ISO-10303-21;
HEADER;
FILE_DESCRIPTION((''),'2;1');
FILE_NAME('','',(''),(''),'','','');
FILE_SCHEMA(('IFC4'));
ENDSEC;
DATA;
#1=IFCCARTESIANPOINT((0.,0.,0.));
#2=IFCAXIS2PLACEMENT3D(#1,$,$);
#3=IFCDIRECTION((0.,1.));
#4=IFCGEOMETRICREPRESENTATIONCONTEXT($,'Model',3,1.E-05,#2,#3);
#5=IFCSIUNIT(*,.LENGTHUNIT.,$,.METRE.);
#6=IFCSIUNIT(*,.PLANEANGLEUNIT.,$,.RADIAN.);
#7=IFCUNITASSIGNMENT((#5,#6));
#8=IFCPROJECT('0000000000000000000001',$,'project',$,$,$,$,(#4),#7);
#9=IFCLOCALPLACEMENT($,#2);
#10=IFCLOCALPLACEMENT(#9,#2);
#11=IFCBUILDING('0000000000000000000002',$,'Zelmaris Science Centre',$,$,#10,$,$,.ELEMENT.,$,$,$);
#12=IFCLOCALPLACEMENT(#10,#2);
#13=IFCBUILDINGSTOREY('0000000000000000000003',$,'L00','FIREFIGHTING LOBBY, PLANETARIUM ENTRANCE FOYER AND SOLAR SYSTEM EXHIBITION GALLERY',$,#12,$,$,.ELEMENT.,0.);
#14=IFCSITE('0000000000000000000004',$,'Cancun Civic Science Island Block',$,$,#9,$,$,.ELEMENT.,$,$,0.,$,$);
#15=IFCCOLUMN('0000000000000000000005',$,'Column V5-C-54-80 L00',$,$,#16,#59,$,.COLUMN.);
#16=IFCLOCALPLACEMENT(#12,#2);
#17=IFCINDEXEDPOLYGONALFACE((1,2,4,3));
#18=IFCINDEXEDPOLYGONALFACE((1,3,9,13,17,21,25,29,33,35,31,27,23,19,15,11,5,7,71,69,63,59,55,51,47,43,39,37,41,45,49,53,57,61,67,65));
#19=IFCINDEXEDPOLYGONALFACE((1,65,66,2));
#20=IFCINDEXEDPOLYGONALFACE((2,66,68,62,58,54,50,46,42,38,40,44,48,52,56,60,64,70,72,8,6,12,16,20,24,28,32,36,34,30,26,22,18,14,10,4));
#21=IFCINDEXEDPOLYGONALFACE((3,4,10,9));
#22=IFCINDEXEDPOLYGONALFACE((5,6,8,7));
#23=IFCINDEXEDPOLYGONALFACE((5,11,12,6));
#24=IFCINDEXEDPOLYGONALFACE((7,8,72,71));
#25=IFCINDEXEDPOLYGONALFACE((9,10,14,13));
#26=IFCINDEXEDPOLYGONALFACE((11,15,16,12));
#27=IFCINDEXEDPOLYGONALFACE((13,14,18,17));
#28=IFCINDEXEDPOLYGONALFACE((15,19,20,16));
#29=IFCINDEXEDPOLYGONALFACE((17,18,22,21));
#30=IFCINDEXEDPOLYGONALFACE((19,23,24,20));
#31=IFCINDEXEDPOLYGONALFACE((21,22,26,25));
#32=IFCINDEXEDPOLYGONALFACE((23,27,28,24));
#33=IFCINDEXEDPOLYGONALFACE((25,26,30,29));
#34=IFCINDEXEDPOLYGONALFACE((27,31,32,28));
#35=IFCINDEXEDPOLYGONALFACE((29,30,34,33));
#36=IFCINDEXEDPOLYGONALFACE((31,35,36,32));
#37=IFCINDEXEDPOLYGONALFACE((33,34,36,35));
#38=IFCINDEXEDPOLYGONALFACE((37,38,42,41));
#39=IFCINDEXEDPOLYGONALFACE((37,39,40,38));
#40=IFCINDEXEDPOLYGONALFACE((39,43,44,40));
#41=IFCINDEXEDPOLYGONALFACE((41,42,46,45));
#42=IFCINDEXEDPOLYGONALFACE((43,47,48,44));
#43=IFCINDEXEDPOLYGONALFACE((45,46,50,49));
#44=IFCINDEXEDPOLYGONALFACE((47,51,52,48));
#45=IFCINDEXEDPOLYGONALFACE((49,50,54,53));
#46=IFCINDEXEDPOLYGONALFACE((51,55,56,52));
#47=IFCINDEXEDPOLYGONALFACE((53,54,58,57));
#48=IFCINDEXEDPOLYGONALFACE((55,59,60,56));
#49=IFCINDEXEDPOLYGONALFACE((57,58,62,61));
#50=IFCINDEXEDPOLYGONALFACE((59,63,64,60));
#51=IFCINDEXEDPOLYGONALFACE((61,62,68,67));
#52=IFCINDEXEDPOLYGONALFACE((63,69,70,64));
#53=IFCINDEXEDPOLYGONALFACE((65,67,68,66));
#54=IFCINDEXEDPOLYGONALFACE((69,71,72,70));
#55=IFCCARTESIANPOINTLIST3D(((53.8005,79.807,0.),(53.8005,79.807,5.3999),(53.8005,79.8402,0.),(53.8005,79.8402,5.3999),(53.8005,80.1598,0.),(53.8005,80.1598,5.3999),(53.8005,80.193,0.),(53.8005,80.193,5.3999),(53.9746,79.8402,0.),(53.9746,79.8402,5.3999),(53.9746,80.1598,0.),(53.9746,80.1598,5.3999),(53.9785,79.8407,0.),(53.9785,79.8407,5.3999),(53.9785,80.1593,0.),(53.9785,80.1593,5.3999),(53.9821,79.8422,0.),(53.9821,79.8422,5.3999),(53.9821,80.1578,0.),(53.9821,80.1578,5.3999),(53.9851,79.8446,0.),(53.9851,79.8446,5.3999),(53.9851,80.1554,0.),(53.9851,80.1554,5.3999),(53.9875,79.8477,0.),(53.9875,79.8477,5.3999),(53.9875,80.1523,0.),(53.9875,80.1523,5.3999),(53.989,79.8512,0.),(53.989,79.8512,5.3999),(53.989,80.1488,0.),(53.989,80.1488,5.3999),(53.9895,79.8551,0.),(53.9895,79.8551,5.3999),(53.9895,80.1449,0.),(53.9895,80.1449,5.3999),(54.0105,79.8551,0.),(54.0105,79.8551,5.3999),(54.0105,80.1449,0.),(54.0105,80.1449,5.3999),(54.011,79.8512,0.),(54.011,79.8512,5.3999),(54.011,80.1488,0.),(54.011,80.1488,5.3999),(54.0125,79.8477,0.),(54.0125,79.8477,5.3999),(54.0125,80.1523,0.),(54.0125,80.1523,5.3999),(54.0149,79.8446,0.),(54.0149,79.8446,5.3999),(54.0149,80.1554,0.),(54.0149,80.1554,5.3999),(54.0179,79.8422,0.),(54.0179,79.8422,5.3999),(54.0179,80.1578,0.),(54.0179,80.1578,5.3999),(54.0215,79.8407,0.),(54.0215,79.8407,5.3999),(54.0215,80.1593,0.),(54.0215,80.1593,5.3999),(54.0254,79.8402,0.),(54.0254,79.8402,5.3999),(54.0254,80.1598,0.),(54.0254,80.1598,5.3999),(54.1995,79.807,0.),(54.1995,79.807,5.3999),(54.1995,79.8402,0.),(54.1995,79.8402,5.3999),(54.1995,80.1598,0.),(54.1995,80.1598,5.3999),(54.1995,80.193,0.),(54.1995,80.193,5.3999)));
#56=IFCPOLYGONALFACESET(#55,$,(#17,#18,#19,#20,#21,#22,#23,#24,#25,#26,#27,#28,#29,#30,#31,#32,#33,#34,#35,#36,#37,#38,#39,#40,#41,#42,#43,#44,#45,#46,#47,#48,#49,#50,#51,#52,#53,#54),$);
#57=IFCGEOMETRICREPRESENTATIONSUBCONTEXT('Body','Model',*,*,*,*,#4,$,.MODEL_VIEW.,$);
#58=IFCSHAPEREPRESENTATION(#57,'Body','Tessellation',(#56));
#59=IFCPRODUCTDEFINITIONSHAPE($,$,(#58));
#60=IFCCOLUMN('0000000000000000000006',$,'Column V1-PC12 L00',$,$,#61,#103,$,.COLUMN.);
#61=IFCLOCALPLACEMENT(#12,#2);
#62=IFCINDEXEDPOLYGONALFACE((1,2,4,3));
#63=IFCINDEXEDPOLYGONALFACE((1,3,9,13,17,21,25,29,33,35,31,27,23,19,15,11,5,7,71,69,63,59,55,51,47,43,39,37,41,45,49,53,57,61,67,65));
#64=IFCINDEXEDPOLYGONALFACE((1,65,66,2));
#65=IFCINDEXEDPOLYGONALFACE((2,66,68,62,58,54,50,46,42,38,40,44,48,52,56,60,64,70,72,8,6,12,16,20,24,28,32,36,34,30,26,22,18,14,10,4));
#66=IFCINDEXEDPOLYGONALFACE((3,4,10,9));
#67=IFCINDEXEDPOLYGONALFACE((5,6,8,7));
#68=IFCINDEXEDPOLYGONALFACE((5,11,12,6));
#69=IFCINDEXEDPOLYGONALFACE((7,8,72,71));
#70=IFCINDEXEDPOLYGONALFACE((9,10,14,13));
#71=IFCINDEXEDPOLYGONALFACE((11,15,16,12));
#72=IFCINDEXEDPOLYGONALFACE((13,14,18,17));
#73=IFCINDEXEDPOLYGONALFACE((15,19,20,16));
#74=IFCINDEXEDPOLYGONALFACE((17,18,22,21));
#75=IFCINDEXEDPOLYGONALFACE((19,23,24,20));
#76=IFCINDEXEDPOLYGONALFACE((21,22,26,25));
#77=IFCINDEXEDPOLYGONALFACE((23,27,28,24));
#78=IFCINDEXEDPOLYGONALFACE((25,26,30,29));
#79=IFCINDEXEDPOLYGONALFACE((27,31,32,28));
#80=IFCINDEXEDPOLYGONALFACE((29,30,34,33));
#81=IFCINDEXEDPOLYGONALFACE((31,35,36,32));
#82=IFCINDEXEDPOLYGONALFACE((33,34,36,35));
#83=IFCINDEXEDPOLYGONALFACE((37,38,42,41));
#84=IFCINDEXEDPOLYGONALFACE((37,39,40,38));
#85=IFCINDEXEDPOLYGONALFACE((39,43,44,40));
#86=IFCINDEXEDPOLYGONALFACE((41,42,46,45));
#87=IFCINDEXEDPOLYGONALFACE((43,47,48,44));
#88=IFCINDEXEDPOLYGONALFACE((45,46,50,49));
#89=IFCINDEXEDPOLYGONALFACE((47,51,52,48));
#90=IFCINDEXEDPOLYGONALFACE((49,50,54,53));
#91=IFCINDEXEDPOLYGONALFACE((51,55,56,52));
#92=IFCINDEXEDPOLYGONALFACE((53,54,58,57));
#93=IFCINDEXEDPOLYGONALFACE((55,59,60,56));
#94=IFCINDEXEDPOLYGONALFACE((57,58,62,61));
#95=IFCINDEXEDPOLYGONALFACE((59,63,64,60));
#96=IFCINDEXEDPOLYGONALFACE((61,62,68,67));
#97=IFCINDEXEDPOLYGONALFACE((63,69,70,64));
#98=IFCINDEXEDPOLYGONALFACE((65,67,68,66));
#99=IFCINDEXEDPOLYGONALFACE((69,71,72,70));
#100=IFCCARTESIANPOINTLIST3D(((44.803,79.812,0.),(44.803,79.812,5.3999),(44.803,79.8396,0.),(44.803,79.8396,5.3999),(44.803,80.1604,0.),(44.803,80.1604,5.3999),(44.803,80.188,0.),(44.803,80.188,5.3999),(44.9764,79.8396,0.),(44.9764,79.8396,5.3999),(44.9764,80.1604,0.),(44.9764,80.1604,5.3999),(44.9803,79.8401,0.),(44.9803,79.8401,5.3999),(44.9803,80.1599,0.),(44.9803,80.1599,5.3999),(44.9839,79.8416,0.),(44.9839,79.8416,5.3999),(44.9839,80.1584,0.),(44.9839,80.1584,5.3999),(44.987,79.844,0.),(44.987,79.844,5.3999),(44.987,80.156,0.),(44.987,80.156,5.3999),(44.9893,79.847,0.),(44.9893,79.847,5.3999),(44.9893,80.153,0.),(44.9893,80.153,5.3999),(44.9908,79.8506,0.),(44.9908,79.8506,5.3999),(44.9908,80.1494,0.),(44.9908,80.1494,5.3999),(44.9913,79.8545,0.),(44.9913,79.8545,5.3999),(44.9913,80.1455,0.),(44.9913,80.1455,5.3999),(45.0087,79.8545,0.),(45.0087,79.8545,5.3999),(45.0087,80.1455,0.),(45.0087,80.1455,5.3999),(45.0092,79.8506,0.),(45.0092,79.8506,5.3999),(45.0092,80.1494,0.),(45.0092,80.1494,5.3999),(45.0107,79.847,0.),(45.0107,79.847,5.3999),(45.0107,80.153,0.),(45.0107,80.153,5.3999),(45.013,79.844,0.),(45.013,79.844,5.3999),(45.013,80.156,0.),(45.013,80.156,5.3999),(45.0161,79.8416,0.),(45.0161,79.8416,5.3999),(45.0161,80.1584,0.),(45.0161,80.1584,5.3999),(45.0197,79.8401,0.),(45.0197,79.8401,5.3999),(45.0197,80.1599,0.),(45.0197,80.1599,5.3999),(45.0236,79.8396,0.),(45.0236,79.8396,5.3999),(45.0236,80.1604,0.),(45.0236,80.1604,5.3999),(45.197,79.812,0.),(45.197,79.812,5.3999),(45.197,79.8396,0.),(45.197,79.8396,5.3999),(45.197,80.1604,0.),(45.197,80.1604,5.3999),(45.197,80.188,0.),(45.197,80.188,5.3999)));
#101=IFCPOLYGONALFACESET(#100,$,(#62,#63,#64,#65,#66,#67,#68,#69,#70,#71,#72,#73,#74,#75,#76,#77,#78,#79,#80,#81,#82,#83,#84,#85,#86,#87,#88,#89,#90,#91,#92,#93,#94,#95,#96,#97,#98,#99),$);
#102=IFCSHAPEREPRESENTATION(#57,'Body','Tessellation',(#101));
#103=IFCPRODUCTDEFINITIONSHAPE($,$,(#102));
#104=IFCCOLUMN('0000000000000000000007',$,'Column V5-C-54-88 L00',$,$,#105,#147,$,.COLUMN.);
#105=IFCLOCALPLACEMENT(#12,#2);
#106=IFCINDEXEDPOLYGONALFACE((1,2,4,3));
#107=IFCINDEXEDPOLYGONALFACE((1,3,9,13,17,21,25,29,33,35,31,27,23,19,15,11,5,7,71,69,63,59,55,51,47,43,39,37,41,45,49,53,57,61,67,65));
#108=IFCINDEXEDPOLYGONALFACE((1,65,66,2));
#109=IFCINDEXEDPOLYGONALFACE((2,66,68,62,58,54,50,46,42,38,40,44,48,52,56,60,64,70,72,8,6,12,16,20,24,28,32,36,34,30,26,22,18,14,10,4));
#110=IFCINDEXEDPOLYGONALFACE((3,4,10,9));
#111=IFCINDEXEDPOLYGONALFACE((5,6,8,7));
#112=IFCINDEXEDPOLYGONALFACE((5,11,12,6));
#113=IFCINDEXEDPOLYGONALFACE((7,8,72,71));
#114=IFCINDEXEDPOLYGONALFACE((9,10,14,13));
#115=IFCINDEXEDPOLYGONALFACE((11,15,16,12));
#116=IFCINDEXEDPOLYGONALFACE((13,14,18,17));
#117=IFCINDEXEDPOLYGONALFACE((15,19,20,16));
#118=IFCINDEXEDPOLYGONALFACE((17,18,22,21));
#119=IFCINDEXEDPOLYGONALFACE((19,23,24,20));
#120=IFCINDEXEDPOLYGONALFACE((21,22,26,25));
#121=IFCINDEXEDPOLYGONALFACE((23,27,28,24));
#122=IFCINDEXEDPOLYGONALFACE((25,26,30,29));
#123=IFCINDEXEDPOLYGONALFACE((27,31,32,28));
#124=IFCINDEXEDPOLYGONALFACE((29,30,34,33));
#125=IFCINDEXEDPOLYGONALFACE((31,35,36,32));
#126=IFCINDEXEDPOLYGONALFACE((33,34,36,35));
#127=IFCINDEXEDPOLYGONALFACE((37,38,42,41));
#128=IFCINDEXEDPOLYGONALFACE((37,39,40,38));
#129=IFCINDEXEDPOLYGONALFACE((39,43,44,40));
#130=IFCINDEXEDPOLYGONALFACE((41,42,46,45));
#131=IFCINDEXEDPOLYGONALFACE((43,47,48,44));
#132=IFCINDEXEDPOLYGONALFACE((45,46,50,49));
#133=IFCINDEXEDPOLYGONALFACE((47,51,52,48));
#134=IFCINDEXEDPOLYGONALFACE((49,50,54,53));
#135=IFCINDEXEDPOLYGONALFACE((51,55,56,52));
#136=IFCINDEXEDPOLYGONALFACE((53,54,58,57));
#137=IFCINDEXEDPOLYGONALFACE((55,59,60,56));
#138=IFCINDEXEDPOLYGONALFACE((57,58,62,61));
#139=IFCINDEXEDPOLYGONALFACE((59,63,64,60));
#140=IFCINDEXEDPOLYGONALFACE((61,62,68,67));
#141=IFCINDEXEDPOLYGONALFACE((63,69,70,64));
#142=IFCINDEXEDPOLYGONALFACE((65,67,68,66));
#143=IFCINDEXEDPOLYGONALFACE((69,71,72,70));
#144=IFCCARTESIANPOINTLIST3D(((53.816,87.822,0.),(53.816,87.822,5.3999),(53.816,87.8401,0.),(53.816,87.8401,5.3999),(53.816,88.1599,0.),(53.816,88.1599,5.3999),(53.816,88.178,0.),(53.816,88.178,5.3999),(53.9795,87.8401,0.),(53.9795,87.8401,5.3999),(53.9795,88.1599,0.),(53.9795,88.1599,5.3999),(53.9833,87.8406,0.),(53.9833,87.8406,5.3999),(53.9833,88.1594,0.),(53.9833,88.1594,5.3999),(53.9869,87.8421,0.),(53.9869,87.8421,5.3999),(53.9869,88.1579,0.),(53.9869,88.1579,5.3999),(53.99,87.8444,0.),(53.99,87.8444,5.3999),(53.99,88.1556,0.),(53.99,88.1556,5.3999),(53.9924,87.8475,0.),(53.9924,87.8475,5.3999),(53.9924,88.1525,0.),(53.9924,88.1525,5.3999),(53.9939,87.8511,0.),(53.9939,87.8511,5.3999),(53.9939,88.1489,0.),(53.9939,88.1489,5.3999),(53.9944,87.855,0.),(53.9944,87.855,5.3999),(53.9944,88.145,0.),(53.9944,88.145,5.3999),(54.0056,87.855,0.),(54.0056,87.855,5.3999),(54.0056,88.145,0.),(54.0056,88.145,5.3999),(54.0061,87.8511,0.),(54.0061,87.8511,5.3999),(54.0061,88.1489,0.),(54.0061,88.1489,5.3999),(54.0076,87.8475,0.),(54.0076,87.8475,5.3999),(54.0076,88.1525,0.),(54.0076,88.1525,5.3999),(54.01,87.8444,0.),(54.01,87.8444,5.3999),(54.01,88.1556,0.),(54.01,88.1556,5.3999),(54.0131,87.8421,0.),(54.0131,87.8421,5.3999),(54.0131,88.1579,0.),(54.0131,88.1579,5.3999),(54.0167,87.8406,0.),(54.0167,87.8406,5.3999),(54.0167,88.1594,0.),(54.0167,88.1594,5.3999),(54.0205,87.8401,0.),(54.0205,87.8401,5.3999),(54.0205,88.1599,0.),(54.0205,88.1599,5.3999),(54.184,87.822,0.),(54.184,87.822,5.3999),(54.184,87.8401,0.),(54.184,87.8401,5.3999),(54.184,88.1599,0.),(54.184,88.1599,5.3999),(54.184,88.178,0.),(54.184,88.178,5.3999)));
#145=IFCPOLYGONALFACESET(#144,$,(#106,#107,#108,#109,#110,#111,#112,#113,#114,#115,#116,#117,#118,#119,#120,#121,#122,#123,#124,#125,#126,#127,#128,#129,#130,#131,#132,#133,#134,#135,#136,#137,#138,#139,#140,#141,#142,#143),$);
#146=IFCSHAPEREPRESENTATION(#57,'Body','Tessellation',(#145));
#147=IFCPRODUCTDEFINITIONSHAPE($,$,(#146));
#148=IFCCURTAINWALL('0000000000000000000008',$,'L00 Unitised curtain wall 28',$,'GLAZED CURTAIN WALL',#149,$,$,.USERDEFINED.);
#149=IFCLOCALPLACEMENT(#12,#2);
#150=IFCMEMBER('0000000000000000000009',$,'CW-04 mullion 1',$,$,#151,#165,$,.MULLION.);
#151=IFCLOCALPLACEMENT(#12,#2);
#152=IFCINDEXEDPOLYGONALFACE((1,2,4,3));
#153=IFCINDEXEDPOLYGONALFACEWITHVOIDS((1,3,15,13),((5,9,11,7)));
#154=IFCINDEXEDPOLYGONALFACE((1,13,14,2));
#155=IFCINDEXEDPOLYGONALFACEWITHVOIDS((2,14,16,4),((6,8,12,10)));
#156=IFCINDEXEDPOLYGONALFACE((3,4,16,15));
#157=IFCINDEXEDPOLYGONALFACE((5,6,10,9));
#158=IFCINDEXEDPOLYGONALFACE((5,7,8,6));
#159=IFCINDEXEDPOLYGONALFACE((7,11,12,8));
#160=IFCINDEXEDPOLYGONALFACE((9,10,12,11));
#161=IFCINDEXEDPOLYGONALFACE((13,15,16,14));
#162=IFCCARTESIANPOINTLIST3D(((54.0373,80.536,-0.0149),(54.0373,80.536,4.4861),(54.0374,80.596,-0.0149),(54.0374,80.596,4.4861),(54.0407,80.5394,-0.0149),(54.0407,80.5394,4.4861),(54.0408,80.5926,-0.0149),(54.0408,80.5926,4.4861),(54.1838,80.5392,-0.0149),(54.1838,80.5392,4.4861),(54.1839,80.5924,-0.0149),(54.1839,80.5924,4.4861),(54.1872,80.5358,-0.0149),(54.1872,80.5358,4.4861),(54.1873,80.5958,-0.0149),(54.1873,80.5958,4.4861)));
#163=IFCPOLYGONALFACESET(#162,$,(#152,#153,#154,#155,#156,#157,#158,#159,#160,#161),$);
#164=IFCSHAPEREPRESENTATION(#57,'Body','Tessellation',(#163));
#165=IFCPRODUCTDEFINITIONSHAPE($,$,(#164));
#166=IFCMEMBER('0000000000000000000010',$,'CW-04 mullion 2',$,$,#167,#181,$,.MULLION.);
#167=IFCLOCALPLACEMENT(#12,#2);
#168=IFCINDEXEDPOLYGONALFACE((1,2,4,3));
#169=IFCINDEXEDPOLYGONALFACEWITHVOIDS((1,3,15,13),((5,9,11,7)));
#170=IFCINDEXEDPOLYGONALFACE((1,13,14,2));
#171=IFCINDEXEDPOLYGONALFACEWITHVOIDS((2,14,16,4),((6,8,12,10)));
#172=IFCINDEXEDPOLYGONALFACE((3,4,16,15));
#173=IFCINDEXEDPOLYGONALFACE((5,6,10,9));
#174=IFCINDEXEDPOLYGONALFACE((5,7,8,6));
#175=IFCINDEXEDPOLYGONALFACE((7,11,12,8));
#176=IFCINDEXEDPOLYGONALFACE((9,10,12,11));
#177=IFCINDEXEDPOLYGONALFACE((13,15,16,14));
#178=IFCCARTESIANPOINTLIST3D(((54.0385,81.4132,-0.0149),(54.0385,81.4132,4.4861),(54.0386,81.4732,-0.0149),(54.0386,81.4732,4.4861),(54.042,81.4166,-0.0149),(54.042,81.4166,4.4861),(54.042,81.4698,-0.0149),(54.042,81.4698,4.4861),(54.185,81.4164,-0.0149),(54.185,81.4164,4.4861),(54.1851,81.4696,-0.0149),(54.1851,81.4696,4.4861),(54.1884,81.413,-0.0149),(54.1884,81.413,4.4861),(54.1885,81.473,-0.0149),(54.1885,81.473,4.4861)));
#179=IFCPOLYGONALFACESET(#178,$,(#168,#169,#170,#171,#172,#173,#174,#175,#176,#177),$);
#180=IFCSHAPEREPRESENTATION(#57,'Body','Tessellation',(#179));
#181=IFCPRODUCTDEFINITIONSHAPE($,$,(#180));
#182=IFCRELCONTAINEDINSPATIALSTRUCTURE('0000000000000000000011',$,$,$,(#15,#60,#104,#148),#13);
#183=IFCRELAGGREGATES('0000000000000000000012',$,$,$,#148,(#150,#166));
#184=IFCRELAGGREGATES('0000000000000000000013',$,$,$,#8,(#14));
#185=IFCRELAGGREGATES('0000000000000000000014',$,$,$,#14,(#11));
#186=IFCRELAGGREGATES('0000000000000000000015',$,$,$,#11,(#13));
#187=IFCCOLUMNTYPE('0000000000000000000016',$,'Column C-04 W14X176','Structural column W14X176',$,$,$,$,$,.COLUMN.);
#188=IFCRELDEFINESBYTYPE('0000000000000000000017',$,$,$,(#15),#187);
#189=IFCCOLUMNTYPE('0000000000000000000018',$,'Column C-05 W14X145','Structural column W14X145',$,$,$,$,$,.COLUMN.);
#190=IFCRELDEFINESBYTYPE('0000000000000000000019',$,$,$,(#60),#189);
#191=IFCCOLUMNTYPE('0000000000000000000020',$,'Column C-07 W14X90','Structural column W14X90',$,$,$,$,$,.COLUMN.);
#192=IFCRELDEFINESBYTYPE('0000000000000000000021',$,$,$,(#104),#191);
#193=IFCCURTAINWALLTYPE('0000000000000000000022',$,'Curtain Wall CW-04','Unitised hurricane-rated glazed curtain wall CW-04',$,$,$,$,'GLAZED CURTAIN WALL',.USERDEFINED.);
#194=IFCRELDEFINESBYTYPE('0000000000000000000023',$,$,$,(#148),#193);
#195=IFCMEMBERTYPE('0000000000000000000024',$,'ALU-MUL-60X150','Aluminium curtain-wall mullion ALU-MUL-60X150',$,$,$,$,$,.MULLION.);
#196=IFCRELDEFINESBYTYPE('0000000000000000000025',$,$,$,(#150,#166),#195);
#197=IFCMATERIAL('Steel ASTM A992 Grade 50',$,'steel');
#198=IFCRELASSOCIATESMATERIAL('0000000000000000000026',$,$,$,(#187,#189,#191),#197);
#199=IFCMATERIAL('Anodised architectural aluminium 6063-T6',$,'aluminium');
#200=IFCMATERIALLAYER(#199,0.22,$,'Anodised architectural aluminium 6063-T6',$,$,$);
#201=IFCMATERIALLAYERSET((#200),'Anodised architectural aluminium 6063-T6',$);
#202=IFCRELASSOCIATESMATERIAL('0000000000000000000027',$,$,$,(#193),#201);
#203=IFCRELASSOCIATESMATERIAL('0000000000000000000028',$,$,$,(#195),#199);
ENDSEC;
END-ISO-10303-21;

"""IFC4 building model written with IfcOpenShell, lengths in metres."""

from ifc_helpers import new_model, si_unit, direction, frame, origin, origin_2d, place, context, subcontext, project, spatial, hollow_rectangle, i_section, extrude, material, layer, layer_set, material_profile, profile_set, type_object, element, aggregate, save


model = new_model("IFC4")

# Units and contexts
model_context = context("Model", 3, precision=1e-05, world=origin(), true_north=direction((0.0, 1.0)))
body_context = subcontext(model_context, "Body", "Model", "MODEL_VIEW")
ifc_project = project(units=[si_unit("LENGTHUNIT", "METRE"), si_unit("PLANEANGLEUNIT", "RADIAN")], contexts=[model_context])

# Site, building, storey
site_placement = place(None, origin())
site = spatial("IfcSite", under=ifc_project, at=site_placement, Name="Cancun Civic Science Island Block", CompositionType="ELEMENT", RefElevation=0.0)
building_placement = place(site_placement, origin())
building = spatial("IfcBuilding", under=site, at=building_placement, Name="Zelmaris Science Centre", CompositionType="ELEMENT")
storey_placement = place(building_placement, origin())
storey = spatial("IfcBuildingStorey", under=building, at=storey_placement, Name="L00", Description="FIREFIGHTING LOBBY, PLANETARIUM ENTRANCE FOYER AND SOLAR SYSTEM EXHIBITION GALLERY", CompositionType="ELEMENT", Elevation=0.0)

# Columns
ifc_material_1 = material(Name="Steel ASTM A992 Grade 50", Category="steel")
ifc_material_profile_1 = material_profile(ifc_material_1, i_section(OverallWidth=0.3989, OverallDepth=0.386, WebThickness=0.021, FlangeThickness=0.0332, FilletRadius=0.0149, at=origin_2d()), Name="W14X176")
ifc_profile_set_1 = profile_set([ifc_material_profile_1], Name="Steel ASTM A992 Grade 50")
column_type_1 = type_object("IfcColumnType", Name="Column C-04 W14X176", Description="Structural column W14X176", PredefinedType="COLUMN", material=ifc_profile_set_1)
column_1_placement = place(storey_placement, frame((54.0, 80.0, 0.0), z_axis=(0.0, 0.0, 1.0), x_axis=(1.0, 0.0, 0.0)))
element("IfcColumn", 1, at=column_1_placement, inside=storey, type_object=column_type_1, Name="Column V5-C-54-80 L00", PredefinedType="COLUMN", context=body_context, shape_type="SweptSolid", body=[
    extrude(i_section(OverallWidth=0.3989, OverallDepth=0.386, WebThickness=0.021, FlangeThickness=0.0332, FilletRadius=0.0149, at=origin_2d()), origin(), (0.0, 0.0, 1.0), 5.3999),
])
ifc_material_profile_2 = material_profile(ifc_material_1, i_section(OverallWidth=0.394, OverallDepth=0.376, WebThickness=0.0173, FlangeThickness=0.0276, FilletRadius=0.0149, at=origin_2d()), Name="W14X145")
ifc_profile_set_2 = profile_set([ifc_material_profile_2], Name="Steel ASTM A992 Grade 50")
column_type_2 = type_object("IfcColumnType", Name="Column C-05 W14X145", Description="Structural column W14X145", PredefinedType="COLUMN", material=ifc_profile_set_2)
column_2_placement = place(storey_placement, frame((45.0, 80.0, 0.0), z_axis=(0.0, 0.0, 1.0), x_axis=(1.0, 0.0, 0.0)))
element("IfcColumn", 2, at=column_2_placement, inside=storey, type_object=column_type_2, Name="Column V1-PC12 L00", PredefinedType="COLUMN", context=body_context, shape_type="SweptSolid", body=[
    extrude(i_section(OverallWidth=0.394, OverallDepth=0.376, WebThickness=0.0173, FlangeThickness=0.0276, FilletRadius=0.0149, at=origin_2d()), origin(), (0.0, 0.0, 1.0), 5.3999),
])
ifc_material_profile_3 = material_profile(ifc_material_1, i_section(OverallWidth=0.3679, OverallDepth=0.356, WebThickness=0.0112, FlangeThickness=0.0181, FilletRadius=0.0149, at=origin_2d()), Name="W14X90")
ifc_profile_set_3 = profile_set([ifc_material_profile_3], Name="Steel ASTM A992 Grade 50")
column_type_3 = type_object("IfcColumnType", Name="Column C-07 W14X90", Description="Structural column W14X90", PredefinedType="COLUMN", material=ifc_profile_set_3)
column_3_placement = place(storey_placement, frame((54.0, 88.0, 0.0), z_axis=(0.0, 0.0, 1.0), x_axis=(1.0, 0.0, 0.0)))
element("IfcColumn", 3, at=column_3_placement, inside=storey, type_object=column_type_3, Name="Column V5-C-54-88 L00", PredefinedType="COLUMN", context=body_context, shape_type="SweptSolid", body=[
    extrude(i_section(OverallWidth=0.3679, OverallDepth=0.356, WebThickness=0.0112, FlangeThickness=0.0181, FilletRadius=0.0149, at=origin_2d()), origin(), (0.0, 0.0, 1.0), 5.3999),
])

# Curtain wall, members
ifc_material_2 = material(Name="Anodised architectural aluminium 6063-T6", Category="aluminium")
ifc_layer_1 = layer(ifc_material_2, 0.22, Name="Anodised architectural aluminium 6063-T6")
ifc_layer_set_1 = layer_set([ifc_layer_1], Name="Anodised architectural aluminium 6063-T6")
curtain_wall_type_1 = type_object("IfcCurtainWallType", Name="Curtain Wall CW-04", Description="Unitised hurricane-rated glazed curtain wall CW-04", ElementType="GLAZED CURTAIN WALL", PredefinedType="USERDEFINED", material=ifc_layer_set_1)
curtain_wall_1_placement = place(storey_placement, origin())
curtain_wall_1 = element("IfcCurtainWall", 4, at=curtain_wall_1_placement, inside=storey, type_object=curtain_wall_type_1, Name="L00 Unitised curtain wall 28", ObjectType="GLAZED CURTAIN WALL", PredefinedType="USERDEFINED")
ifc_material_profile_4 = material_profile(ifc_material_2, hollow_rectangle(XDim=0.0601, YDim=0.1499, WallThickness=0.0034, at=origin_2d()), Name="ALU-MUL-60X150")
ifc_profile_set_4 = profile_set([ifc_material_profile_4], Name="Anodised architectural aluminium 6063-T6")
member_type_1 = type_object("IfcMemberType", Name="ALU-MUL-60X150", Description="Aluminium curtain-wall mullion ALU-MUL-60X150", PredefinedType="MULLION", material=ifc_profile_set_4)
member_1_placement = place(storey_placement, frame((54.1123, 80.5659, -0.0149), z_axis=(0.0, 0.0, 1.0), x_axis=(0.001307, 0.999999, 0.0)))
member_1 = element("IfcMember", 5, at=member_1_placement, type_object=member_type_1, Name="CW-04 mullion 1", PredefinedType="MULLION", context=body_context, shape_type="SweptSolid", body=[
    extrude(hollow_rectangle(XDim=0.0601, YDim=0.1499, WallThickness=0.0034, at=origin_2d()), origin(), (0.0, 0.0, 1.0), 4.501),
])
member_2_placement = place(storey_placement, frame((54.1135, 81.4431, -0.0149), z_axis=(0.0, 0.0, 1.0), x_axis=(0.001307, 0.999999, 0.0)))
member_2 = element("IfcMember", 6, at=member_2_placement, type_object=member_type_1, Name="CW-04 mullion 2", PredefinedType="MULLION", context=body_context, shape_type="SweptSolid", body=[
    extrude(hollow_rectangle(XDim=0.0601, YDim=0.1499, WallThickness=0.0034, at=origin_2d()), origin(), (0.0, 0.0, 1.0), 4.501),
])

aggregate(curtain_wall_1, [member_1, member_2])

save(model, "model.ifc")
